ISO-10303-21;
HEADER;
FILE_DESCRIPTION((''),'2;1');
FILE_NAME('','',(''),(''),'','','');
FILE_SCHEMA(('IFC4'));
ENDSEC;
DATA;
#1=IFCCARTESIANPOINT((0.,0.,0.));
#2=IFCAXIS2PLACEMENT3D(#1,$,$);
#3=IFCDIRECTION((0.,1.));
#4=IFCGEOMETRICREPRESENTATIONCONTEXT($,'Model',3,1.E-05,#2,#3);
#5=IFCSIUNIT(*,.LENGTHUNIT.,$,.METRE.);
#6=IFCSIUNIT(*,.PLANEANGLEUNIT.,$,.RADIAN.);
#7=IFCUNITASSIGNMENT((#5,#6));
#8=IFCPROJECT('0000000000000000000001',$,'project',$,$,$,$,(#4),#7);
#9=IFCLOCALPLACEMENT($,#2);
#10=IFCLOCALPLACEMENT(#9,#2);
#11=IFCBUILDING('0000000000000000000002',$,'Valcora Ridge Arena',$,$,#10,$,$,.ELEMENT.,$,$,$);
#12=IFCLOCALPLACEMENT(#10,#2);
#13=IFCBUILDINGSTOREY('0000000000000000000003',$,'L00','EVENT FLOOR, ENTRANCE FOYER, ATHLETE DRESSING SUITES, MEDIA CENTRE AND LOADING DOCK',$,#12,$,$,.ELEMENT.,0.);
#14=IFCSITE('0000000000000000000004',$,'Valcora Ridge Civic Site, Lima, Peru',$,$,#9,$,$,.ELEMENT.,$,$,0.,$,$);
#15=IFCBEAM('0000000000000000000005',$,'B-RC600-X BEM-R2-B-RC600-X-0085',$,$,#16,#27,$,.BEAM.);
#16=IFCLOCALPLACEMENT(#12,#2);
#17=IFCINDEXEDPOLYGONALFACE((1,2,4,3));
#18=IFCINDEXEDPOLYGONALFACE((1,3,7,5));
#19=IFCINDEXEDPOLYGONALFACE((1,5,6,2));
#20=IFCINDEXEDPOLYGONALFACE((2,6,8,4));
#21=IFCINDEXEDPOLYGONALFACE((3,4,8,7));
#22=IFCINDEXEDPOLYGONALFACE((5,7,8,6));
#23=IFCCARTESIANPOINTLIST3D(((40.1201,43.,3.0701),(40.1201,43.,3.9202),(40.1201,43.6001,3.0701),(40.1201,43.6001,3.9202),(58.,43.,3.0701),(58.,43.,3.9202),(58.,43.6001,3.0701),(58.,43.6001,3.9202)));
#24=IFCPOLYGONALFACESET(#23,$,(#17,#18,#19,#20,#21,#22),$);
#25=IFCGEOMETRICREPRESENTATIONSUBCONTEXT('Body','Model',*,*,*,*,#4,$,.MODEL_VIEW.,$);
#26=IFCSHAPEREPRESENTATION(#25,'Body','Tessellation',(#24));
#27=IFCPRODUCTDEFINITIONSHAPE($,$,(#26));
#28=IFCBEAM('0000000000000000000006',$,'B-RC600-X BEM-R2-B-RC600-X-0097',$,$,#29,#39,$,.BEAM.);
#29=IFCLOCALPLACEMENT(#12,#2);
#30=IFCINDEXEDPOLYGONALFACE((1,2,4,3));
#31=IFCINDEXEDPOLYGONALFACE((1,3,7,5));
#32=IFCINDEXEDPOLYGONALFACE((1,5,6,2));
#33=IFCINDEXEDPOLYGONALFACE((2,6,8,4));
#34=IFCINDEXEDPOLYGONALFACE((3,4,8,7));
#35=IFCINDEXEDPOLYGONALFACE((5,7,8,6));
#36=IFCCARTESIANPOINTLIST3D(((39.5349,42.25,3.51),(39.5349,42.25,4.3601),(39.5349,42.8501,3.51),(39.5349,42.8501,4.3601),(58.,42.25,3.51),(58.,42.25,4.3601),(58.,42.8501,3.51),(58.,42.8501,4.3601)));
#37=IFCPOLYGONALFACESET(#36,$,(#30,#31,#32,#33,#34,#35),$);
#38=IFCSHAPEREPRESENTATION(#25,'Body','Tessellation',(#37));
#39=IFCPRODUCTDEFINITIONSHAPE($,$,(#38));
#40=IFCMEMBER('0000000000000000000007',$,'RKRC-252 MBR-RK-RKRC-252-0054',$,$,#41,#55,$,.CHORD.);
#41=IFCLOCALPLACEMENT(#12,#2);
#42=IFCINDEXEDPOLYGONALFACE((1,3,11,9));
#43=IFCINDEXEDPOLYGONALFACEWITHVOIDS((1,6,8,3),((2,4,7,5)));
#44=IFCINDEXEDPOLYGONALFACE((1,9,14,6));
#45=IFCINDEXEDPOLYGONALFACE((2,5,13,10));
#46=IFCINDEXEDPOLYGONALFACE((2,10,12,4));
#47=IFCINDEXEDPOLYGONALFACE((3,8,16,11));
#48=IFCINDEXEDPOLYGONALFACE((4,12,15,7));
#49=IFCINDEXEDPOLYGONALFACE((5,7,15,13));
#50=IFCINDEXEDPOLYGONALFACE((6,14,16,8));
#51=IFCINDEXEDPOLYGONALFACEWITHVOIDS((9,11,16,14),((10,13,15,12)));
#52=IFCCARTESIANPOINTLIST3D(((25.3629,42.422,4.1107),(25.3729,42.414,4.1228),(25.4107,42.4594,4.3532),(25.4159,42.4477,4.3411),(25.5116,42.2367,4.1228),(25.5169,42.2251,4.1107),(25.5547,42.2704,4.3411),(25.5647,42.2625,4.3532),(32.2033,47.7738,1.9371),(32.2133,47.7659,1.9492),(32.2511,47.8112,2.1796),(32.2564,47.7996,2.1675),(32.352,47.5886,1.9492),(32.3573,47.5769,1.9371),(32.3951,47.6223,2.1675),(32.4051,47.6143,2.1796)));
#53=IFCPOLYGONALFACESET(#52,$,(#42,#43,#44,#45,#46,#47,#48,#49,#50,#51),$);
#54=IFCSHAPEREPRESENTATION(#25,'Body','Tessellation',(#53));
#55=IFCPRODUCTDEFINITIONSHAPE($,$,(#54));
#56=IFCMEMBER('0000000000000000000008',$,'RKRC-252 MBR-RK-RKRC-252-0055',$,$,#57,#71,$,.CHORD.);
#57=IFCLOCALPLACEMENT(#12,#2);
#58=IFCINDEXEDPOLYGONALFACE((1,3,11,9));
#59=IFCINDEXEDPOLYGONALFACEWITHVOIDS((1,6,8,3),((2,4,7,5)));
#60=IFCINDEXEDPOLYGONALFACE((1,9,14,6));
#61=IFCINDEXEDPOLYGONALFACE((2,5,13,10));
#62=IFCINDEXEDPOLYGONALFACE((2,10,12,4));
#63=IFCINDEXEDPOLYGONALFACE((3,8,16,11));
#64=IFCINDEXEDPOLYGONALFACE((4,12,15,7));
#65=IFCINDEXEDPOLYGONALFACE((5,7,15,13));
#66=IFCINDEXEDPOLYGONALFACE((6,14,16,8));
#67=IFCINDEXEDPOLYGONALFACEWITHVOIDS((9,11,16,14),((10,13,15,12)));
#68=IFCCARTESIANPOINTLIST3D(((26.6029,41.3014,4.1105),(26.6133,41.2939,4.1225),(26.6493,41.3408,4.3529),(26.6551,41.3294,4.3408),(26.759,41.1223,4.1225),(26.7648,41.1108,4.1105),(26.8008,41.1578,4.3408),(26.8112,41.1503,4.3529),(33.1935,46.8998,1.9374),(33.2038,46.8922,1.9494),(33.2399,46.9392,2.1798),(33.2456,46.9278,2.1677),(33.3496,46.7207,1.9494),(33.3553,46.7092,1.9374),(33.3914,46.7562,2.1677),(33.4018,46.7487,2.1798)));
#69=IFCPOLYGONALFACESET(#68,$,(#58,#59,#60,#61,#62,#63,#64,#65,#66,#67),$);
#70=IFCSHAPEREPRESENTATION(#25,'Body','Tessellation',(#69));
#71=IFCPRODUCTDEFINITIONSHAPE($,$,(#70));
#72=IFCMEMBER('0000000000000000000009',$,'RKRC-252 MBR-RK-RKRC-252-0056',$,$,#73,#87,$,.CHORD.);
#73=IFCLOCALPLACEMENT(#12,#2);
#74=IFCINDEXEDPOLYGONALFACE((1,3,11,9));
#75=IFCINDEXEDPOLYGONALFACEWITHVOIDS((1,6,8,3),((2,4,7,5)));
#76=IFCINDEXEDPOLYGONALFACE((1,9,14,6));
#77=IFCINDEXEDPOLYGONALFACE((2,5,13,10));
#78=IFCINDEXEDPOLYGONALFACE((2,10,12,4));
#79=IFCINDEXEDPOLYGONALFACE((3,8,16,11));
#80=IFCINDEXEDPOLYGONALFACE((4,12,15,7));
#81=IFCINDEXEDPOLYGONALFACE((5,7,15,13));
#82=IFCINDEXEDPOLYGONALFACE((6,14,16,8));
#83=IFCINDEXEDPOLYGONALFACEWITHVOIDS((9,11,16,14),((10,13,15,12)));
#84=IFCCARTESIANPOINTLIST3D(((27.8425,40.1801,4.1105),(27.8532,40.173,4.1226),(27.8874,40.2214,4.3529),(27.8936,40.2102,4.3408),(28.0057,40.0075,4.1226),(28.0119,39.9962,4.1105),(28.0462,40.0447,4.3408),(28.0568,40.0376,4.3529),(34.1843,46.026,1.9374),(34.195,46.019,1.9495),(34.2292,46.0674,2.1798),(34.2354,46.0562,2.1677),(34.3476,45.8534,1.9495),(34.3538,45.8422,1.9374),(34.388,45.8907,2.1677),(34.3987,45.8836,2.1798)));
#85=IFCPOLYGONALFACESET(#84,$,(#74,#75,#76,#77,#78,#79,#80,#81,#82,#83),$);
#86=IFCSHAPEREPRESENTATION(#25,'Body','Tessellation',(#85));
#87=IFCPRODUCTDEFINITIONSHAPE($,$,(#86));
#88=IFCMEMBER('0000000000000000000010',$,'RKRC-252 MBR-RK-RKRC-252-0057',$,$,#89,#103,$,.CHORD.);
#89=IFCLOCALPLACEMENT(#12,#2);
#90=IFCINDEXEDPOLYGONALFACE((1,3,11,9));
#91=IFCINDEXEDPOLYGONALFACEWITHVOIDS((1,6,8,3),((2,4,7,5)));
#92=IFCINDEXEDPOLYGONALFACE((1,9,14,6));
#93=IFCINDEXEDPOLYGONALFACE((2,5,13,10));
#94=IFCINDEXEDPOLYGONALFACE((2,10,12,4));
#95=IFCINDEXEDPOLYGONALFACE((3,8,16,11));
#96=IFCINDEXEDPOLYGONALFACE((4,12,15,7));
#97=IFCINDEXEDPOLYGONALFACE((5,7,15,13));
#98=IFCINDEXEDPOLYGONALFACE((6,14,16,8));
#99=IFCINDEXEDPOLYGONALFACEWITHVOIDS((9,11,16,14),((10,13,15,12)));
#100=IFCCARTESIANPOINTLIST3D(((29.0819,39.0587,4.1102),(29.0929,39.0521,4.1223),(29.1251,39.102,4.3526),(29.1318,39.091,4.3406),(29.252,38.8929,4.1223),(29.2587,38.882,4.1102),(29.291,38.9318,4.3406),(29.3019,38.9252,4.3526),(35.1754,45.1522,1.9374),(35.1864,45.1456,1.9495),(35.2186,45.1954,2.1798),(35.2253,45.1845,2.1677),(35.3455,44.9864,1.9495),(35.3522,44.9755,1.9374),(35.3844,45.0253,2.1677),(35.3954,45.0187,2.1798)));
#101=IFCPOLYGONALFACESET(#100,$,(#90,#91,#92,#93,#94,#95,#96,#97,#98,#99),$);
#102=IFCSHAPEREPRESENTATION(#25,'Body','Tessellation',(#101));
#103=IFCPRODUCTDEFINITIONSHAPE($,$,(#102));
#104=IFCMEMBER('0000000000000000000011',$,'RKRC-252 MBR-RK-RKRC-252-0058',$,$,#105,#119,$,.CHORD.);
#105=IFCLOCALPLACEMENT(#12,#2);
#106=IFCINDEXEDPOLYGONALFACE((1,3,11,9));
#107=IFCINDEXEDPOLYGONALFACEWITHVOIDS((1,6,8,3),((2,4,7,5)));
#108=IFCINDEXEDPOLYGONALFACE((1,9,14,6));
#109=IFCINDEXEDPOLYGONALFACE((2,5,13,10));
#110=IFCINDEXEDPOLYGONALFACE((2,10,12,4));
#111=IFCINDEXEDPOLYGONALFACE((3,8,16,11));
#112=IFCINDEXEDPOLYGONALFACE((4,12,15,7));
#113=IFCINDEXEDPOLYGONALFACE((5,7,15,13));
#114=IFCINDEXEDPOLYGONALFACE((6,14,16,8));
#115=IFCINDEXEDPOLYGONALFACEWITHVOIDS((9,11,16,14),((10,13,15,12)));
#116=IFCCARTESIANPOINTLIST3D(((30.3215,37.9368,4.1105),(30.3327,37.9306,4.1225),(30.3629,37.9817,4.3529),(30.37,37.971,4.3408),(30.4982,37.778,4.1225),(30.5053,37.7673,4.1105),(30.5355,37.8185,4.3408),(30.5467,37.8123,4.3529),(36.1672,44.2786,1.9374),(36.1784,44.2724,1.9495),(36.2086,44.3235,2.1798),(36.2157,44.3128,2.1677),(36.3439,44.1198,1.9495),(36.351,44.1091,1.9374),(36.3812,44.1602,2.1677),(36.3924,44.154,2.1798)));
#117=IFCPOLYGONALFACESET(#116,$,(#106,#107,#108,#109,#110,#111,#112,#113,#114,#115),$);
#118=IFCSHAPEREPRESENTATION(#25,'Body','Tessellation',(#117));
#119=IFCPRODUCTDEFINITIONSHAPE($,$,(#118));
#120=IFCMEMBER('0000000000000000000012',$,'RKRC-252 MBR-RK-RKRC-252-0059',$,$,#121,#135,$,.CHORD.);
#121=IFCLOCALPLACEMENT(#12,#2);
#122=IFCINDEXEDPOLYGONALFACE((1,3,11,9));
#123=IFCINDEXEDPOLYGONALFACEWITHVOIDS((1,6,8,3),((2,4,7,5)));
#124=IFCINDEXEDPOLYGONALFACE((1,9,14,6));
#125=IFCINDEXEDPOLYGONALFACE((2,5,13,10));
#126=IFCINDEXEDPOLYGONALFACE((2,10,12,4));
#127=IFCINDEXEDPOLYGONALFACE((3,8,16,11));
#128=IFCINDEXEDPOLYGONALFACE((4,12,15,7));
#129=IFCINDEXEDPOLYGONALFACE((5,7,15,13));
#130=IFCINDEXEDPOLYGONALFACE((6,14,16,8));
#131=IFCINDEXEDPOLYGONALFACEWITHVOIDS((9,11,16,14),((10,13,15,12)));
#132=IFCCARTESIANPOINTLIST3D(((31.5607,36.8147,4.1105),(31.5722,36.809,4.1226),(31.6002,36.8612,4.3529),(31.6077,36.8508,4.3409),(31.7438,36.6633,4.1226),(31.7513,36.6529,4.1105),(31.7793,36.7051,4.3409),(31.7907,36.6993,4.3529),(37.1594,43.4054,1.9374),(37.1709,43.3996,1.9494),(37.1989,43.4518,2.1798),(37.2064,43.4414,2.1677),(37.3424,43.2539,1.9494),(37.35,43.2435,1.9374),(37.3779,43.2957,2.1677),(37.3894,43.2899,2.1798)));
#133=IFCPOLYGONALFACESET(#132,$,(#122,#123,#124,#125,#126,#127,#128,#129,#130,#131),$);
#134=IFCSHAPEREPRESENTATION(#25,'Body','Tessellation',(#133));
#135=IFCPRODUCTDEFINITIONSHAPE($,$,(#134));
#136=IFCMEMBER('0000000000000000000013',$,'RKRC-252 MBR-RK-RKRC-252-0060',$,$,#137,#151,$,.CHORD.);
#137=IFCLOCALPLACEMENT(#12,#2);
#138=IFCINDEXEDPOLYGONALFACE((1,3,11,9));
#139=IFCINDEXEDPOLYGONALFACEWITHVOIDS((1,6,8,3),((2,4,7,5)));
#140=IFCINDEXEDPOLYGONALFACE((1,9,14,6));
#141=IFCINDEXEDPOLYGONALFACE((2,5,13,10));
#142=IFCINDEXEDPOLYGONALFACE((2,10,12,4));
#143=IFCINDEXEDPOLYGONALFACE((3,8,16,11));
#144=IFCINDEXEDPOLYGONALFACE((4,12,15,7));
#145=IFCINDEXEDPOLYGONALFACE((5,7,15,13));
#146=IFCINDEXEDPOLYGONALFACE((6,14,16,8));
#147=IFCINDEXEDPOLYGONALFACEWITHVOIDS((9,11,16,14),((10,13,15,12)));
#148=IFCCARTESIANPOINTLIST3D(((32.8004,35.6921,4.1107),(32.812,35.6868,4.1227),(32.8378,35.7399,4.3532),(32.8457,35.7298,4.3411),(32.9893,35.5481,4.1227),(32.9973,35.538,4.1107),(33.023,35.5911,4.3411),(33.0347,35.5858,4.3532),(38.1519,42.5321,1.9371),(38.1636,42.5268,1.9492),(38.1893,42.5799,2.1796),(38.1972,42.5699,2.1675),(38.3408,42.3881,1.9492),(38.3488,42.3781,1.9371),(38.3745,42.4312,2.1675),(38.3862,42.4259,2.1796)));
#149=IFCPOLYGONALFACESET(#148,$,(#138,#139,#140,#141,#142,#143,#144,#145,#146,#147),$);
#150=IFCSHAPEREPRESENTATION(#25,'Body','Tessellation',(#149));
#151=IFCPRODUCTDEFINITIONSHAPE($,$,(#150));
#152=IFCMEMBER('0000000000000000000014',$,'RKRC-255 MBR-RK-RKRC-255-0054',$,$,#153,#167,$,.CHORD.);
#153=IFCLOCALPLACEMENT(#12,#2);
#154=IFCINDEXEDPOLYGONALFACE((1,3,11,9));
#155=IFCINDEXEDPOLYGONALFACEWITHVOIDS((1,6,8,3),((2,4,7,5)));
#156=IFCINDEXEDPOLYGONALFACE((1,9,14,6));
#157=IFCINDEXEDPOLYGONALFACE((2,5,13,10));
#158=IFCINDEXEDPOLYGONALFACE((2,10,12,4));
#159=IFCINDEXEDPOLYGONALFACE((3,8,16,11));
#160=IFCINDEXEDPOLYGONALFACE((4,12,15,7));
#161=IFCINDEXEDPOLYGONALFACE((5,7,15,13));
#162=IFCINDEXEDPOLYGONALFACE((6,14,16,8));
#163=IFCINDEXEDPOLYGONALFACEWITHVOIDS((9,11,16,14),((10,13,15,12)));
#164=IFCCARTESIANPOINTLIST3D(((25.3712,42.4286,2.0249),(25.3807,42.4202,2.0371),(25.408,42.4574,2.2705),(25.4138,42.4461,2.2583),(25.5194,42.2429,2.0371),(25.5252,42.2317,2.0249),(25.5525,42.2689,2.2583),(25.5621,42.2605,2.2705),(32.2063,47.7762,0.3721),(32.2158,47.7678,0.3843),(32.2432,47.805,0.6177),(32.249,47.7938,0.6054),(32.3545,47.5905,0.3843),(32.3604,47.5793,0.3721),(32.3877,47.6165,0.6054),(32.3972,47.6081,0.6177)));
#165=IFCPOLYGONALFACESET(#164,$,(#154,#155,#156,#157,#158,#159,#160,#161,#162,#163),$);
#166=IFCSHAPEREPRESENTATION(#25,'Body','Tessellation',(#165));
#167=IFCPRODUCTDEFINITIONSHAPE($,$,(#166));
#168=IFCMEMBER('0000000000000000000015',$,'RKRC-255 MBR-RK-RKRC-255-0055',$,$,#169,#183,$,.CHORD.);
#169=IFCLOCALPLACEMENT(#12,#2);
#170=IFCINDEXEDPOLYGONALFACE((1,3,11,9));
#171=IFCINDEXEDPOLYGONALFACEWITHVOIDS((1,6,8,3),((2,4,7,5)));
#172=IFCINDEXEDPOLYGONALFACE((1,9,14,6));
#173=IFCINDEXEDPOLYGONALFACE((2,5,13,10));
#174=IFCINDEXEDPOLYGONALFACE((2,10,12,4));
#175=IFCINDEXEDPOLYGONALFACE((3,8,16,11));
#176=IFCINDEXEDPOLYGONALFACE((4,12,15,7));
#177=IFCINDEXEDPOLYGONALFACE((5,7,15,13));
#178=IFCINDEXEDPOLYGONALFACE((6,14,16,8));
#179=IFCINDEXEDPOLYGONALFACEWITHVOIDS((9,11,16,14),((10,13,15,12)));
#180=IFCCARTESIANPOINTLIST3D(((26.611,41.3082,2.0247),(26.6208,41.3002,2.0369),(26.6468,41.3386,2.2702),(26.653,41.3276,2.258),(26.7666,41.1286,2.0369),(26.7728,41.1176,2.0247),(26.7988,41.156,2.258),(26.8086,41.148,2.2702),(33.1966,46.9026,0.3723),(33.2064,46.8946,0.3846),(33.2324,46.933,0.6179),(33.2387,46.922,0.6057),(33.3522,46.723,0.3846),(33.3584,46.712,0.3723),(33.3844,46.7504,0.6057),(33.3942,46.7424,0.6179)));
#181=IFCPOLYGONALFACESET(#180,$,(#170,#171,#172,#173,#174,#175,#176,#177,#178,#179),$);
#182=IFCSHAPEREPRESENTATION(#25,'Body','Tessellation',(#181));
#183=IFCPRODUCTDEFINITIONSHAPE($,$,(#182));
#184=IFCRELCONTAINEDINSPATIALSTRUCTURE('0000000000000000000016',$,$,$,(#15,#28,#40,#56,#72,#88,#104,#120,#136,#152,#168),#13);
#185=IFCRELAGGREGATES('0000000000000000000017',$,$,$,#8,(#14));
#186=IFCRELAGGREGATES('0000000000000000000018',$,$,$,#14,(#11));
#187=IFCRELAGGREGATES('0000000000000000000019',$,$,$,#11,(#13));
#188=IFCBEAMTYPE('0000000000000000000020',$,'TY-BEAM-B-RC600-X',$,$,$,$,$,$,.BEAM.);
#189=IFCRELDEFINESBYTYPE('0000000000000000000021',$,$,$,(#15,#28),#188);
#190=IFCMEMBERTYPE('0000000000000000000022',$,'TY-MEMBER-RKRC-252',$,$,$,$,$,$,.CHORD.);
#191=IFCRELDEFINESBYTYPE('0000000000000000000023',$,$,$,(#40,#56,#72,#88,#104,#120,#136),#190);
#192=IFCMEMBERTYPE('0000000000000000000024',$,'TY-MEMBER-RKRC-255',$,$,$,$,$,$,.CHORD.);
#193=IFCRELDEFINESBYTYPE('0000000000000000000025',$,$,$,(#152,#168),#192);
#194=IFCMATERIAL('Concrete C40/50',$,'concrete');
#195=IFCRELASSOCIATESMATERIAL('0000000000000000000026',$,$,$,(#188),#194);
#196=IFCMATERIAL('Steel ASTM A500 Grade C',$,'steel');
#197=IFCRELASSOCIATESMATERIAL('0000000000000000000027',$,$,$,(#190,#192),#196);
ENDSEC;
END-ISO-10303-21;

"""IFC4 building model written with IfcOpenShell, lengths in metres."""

from ifc_helpers import new_model, si_unit, direction, frame, origin, origin_2d, place, context, subcontext, project, spatial, rectangle, hollow_rectangle, extrude, material, material_profile, profile_set, type_object, element, save


model = new_model("IFC4")

# Units and contexts
model_context = context("Model", 3, precision=1e-05, world=origin(), true_north=direction((0.0, 1.0)))
body_context = subcontext(model_context, "Body", "Model", "MODEL_VIEW")
ifc_project = project(units=[si_unit("LENGTHUNIT", "METRE"), si_unit("PLANEANGLEUNIT", "RADIAN")], contexts=[model_context])

# Site, building, storey
site_placement = place(None, origin())
site = spatial("IfcSite", under=ifc_project, at=site_placement, Name="Valcora Ridge Civic Site, Lima, Peru", CompositionType="ELEMENT", RefElevation=0.0)
building_placement = place(site_placement, origin())
building = spatial("IfcBuilding", under=site, at=building_placement, Name="Valcora Ridge Arena", CompositionType="ELEMENT")
storey_placement = place(building_placement, origin())
storey = spatial("IfcBuildingStorey", under=building, at=storey_placement, Name="L00", Description="EVENT FLOOR, ENTRANCE FOYER, ATHLETE DRESSING SUITES, MEDIA CENTRE AND LOADING DOCK", CompositionType="ELEMENT", Elevation=0.0)

# Shared definitions
ifc_material_1 = material(Name="Concrete C40/50", Category="concrete")

# Beams
ifc_material_profile_1 = material_profile(ifc_material_1, rectangle(XDim=0.6001, YDim=0.8501, at=origin_2d()), Name="RC 600x850")
ifc_profile_set_1 = profile_set([ifc_material_profile_1], Name="Concrete C40/50")
beam_type = type_object("IfcBeamType", Name="TY-BEAM-B-RC600-X", PredefinedType="BEAM", material=ifc_profile_set_1)
beam_1_placement = place(storey_placement, frame((40.1201, 43.3, 3.4951), z_axis=(1.0, 0.0, 0.0), x_axis=(0.0, 1.0, 0.0)))
element("IfcBeam", 1, at=beam_1_placement, inside=storey, type_object=beam_type, Name="B-RC600-X BEM-R2-B-RC600-X-0085", PredefinedType="BEAM", context=body_context, shape_type="SweptSolid", body=[
    extrude(rectangle(XDim=0.6001, YDim=0.8501, at=origin_2d()), origin(), (0.0, 0.0, 1.0), 17.8799),
])
beam_2_placement = place(storey_placement, frame((39.5349, 42.55, 3.9351), z_axis=(1.0, 0.0, 0.0), x_axis=(0.0, 1.0, 0.0)))
element("IfcBeam", 2, at=beam_2_placement, inside=storey, type_object=beam_type, Name="B-RC600-X BEM-R2-B-RC600-X-0097", PredefinedType="BEAM", context=body_context, shape_type="SweptSolid", body=[
    extrude(rectangle(XDim=0.6001, YDim=0.8501, at=origin_2d()), origin(), (0.0, 0.0, 1.0), 18.4651),
])

# Members
ifc_material_2 = material(Name="Steel ASTM A500 Grade C", Category="steel")
ifc_material_profile_2 = material_profile(ifc_material_2, hollow_rectangle(XDim=0.25, YDim=0.25, WallThickness=0.0125, at=origin_2d()), Name="HSS250X250X12")
ifc_profile_set_2 = profile_set([ifc_material_profile_2], Name="Steel ASTM A500 Grade C")
member_type_1 = type_object("IfcMemberType", Name="TY-MEMBER-RKRC-252", PredefinedType="CHORD", material=ifc_profile_set_2)
member_1_placement = place(storey_placement, frame((32.3042, 47.6941, 2.0583), z_axis=(-0.764026, -0.597766, 0.242777), x_axis=(0.616201, -0.787589, 0.0)))
element("IfcMember", 3, at=member_1_placement, inside=storey, type_object=member_type_1, Name="RKRC-252 MBR-RK-RKRC-252-0054", PredefinedType="CHORD", context=body_context, shape_type="SweptSolid", body=[
    extrude(hollow_rectangle(XDim=0.25, YDim=0.25, WallThickness=0.0125, at=origin_2d()), origin(), (0.0, 0.0, 1.0), 8.9531),
])
member_2_placement = place(storey_placement, frame((33.2976, 46.8242, 2.0586), z_axis=(-0.739162, -0.627884, 0.243722), x_axis=(0.647407, -0.762145, 0.0)))
element("IfcMember", 4, at=member_2_placement, inside=storey, type_object=member_type_1, Name="RKRC-252 MBR-RK-RKRC-252-0055", PredefinedType="CHORD", context=body_context, shape_type="SweptSolid", body=[
    extrude(hollow_rectangle(XDim=0.25, YDim=0.25, WallThickness=0.0125, at=origin_2d()), origin(), (0.0, 0.0, 1.0), 8.9163),
])
member_3_placement = place(storey_placement, frame((34.2915, 45.9548, 2.0586), z_axis=(-0.712985, -0.657239, 0.244313), x_axis=(0.677778, -0.735267, 0.0)))
element("IfcMember", 5, at=member_3_placement, inside=storey, type_object=member_type_1, Name="RKRC-252 MBR-RK-RKRC-252-0056", PredefinedType="CHORD", context=body_context, shape_type="SweptSolid", body=[
    extrude(hollow_rectangle(XDim=0.25, YDim=0.25, WallThickness=0.0125, at=origin_2d()), origin(), (0.0, 0.0, 1.0), 8.8948),
])
member_4_placement = place(storey_placement, frame((35.2854, 45.0854, 2.0586), z_axis=(-0.685647, -0.685647, 0.244491), x_axis=(0.707107, -0.707107, 0.0)))
element("IfcMember", 6, at=member_4_placement, inside=storey, type_object=member_type_1, Name="RKRC-252 MBR-RK-RKRC-252-0057", PredefinedType="CHORD", context=body_context, shape_type="SweptSolid", body=[
    extrude(hollow_rectangle(XDim=0.25, YDim=0.25, WallThickness=0.0125, at=origin_2d()), origin(), (0.0, 0.0, 1.0), 8.8872),
])
member_5_placement = place(storey_placement, frame((36.2798, 44.2163, 2.0586), z_axis=(-0.657223, -0.712998, 0.244318), x_axis=(0.735281, -0.677763, 0.0)))
element("IfcMember", 7, at=member_5_placement, inside=storey, type_object=member_type_1, Name="RKRC-252 MBR-RK-RKRC-252-0058", PredefinedType="CHORD", context=body_context, shape_type="SweptSolid", body=[
    extrude(hollow_rectangle(XDim=0.25, YDim=0.25, WallThickness=0.0125, at=origin_2d()), origin(), (0.0, 0.0, 1.0), 8.8945),
])
member_6_placement = place(storey_placement, frame((37.2744, 43.3477, 2.0586), z_axis=(-0.627901, -0.73915, 0.243718), x_axis=(0.762131, -0.647423, 0.0)))
element("IfcMember", 8, at=member_6_placement, inside=storey, type_object=member_type_1, Name="RKRC-252 MBR-RK-RKRC-252-0059", PredefinedType="CHORD", context=body_context, shape_type="SweptSolid", body=[
    extrude(hollow_rectangle(XDim=0.25, YDim=0.25, WallThickness=0.0125, at=origin_2d()), origin(), (0.0, 0.0, 1.0), 8.9165),
])
member_7_placement = place(storey_placement, frame((38.269, 42.479, 2.0583), z_axis=(-0.597761, -0.764027, 0.242786), x_axis=(0.787592, -0.616198, 0.0)))
element("IfcMember", 9, at=member_7_placement, inside=storey, type_object=member_type_1, Name="RKRC-252 MBR-RK-RKRC-252-0060", PredefinedType="CHORD", context=body_context, shape_type="SweptSolid", body=[
    extrude(hollow_rectangle(XDim=0.25, YDim=0.25, WallThickness=0.0125, at=origin_2d()), origin(), (0.0, 0.0, 1.0), 8.9526),
])
ifc_material_profile_3 = material_profile(ifc_material_2, hollow_rectangle(XDim=0.25, YDim=0.25, WallThickness=0.0125, at=origin_2d()), Name="HSS250X250X12")
ifc_profile_set_3 = profile_set([ifc_material_profile_3], Name="Steel ASTM A500 Grade C")
member_type_2 = type_object("IfcMemberType", Name="TY-MEMBER-RKRC-255", PredefinedType="CHORD", material=ifc_profile_set_3)
member_8_placement = place(storey_placement, frame((32.3018, 47.6921, 0.4949), z_axis=(-0.77369, -0.605312, 0.187087), x_axis=(0.616191, -0.787596, 0.0)))
element("IfcMember", 10, at=member_8_placement, inside=storey, type_object=member_type_2, Name="RKRC-255 MBR-RK-RKRC-255-0054", PredefinedType="CHORD", context=body_context, shape_type="SweptSolid", body=[
    extrude(hollow_rectangle(XDim=0.25, YDim=0.25, WallThickness=0.0125, at=origin_2d()), origin(), (0.0, 0.0, 1.0), 8.8345),
])
member_9_placement = place(storey_placement, frame((33.2954, 46.8225, 0.4951), z_axis=(-0.748568, -0.635902, 0.187815), x_axis=(0.647423, -0.762131, 0.0)))
element("IfcMember", 11, at=member_9_placement, inside=storey, type_object=member_type_2, Name="RKRC-255 MBR-RK-RKRC-255-0055", PredefinedType="CHORD", context=body_context, shape_type="SweptSolid", body=[
    extrude(hollow_rectangle(XDim=0.25, YDim=0.25, WallThickness=0.0125, at=origin_2d()), origin(), (0.0, 0.0, 1.0), 8.7976),
])

save(model, "model.ifc")
